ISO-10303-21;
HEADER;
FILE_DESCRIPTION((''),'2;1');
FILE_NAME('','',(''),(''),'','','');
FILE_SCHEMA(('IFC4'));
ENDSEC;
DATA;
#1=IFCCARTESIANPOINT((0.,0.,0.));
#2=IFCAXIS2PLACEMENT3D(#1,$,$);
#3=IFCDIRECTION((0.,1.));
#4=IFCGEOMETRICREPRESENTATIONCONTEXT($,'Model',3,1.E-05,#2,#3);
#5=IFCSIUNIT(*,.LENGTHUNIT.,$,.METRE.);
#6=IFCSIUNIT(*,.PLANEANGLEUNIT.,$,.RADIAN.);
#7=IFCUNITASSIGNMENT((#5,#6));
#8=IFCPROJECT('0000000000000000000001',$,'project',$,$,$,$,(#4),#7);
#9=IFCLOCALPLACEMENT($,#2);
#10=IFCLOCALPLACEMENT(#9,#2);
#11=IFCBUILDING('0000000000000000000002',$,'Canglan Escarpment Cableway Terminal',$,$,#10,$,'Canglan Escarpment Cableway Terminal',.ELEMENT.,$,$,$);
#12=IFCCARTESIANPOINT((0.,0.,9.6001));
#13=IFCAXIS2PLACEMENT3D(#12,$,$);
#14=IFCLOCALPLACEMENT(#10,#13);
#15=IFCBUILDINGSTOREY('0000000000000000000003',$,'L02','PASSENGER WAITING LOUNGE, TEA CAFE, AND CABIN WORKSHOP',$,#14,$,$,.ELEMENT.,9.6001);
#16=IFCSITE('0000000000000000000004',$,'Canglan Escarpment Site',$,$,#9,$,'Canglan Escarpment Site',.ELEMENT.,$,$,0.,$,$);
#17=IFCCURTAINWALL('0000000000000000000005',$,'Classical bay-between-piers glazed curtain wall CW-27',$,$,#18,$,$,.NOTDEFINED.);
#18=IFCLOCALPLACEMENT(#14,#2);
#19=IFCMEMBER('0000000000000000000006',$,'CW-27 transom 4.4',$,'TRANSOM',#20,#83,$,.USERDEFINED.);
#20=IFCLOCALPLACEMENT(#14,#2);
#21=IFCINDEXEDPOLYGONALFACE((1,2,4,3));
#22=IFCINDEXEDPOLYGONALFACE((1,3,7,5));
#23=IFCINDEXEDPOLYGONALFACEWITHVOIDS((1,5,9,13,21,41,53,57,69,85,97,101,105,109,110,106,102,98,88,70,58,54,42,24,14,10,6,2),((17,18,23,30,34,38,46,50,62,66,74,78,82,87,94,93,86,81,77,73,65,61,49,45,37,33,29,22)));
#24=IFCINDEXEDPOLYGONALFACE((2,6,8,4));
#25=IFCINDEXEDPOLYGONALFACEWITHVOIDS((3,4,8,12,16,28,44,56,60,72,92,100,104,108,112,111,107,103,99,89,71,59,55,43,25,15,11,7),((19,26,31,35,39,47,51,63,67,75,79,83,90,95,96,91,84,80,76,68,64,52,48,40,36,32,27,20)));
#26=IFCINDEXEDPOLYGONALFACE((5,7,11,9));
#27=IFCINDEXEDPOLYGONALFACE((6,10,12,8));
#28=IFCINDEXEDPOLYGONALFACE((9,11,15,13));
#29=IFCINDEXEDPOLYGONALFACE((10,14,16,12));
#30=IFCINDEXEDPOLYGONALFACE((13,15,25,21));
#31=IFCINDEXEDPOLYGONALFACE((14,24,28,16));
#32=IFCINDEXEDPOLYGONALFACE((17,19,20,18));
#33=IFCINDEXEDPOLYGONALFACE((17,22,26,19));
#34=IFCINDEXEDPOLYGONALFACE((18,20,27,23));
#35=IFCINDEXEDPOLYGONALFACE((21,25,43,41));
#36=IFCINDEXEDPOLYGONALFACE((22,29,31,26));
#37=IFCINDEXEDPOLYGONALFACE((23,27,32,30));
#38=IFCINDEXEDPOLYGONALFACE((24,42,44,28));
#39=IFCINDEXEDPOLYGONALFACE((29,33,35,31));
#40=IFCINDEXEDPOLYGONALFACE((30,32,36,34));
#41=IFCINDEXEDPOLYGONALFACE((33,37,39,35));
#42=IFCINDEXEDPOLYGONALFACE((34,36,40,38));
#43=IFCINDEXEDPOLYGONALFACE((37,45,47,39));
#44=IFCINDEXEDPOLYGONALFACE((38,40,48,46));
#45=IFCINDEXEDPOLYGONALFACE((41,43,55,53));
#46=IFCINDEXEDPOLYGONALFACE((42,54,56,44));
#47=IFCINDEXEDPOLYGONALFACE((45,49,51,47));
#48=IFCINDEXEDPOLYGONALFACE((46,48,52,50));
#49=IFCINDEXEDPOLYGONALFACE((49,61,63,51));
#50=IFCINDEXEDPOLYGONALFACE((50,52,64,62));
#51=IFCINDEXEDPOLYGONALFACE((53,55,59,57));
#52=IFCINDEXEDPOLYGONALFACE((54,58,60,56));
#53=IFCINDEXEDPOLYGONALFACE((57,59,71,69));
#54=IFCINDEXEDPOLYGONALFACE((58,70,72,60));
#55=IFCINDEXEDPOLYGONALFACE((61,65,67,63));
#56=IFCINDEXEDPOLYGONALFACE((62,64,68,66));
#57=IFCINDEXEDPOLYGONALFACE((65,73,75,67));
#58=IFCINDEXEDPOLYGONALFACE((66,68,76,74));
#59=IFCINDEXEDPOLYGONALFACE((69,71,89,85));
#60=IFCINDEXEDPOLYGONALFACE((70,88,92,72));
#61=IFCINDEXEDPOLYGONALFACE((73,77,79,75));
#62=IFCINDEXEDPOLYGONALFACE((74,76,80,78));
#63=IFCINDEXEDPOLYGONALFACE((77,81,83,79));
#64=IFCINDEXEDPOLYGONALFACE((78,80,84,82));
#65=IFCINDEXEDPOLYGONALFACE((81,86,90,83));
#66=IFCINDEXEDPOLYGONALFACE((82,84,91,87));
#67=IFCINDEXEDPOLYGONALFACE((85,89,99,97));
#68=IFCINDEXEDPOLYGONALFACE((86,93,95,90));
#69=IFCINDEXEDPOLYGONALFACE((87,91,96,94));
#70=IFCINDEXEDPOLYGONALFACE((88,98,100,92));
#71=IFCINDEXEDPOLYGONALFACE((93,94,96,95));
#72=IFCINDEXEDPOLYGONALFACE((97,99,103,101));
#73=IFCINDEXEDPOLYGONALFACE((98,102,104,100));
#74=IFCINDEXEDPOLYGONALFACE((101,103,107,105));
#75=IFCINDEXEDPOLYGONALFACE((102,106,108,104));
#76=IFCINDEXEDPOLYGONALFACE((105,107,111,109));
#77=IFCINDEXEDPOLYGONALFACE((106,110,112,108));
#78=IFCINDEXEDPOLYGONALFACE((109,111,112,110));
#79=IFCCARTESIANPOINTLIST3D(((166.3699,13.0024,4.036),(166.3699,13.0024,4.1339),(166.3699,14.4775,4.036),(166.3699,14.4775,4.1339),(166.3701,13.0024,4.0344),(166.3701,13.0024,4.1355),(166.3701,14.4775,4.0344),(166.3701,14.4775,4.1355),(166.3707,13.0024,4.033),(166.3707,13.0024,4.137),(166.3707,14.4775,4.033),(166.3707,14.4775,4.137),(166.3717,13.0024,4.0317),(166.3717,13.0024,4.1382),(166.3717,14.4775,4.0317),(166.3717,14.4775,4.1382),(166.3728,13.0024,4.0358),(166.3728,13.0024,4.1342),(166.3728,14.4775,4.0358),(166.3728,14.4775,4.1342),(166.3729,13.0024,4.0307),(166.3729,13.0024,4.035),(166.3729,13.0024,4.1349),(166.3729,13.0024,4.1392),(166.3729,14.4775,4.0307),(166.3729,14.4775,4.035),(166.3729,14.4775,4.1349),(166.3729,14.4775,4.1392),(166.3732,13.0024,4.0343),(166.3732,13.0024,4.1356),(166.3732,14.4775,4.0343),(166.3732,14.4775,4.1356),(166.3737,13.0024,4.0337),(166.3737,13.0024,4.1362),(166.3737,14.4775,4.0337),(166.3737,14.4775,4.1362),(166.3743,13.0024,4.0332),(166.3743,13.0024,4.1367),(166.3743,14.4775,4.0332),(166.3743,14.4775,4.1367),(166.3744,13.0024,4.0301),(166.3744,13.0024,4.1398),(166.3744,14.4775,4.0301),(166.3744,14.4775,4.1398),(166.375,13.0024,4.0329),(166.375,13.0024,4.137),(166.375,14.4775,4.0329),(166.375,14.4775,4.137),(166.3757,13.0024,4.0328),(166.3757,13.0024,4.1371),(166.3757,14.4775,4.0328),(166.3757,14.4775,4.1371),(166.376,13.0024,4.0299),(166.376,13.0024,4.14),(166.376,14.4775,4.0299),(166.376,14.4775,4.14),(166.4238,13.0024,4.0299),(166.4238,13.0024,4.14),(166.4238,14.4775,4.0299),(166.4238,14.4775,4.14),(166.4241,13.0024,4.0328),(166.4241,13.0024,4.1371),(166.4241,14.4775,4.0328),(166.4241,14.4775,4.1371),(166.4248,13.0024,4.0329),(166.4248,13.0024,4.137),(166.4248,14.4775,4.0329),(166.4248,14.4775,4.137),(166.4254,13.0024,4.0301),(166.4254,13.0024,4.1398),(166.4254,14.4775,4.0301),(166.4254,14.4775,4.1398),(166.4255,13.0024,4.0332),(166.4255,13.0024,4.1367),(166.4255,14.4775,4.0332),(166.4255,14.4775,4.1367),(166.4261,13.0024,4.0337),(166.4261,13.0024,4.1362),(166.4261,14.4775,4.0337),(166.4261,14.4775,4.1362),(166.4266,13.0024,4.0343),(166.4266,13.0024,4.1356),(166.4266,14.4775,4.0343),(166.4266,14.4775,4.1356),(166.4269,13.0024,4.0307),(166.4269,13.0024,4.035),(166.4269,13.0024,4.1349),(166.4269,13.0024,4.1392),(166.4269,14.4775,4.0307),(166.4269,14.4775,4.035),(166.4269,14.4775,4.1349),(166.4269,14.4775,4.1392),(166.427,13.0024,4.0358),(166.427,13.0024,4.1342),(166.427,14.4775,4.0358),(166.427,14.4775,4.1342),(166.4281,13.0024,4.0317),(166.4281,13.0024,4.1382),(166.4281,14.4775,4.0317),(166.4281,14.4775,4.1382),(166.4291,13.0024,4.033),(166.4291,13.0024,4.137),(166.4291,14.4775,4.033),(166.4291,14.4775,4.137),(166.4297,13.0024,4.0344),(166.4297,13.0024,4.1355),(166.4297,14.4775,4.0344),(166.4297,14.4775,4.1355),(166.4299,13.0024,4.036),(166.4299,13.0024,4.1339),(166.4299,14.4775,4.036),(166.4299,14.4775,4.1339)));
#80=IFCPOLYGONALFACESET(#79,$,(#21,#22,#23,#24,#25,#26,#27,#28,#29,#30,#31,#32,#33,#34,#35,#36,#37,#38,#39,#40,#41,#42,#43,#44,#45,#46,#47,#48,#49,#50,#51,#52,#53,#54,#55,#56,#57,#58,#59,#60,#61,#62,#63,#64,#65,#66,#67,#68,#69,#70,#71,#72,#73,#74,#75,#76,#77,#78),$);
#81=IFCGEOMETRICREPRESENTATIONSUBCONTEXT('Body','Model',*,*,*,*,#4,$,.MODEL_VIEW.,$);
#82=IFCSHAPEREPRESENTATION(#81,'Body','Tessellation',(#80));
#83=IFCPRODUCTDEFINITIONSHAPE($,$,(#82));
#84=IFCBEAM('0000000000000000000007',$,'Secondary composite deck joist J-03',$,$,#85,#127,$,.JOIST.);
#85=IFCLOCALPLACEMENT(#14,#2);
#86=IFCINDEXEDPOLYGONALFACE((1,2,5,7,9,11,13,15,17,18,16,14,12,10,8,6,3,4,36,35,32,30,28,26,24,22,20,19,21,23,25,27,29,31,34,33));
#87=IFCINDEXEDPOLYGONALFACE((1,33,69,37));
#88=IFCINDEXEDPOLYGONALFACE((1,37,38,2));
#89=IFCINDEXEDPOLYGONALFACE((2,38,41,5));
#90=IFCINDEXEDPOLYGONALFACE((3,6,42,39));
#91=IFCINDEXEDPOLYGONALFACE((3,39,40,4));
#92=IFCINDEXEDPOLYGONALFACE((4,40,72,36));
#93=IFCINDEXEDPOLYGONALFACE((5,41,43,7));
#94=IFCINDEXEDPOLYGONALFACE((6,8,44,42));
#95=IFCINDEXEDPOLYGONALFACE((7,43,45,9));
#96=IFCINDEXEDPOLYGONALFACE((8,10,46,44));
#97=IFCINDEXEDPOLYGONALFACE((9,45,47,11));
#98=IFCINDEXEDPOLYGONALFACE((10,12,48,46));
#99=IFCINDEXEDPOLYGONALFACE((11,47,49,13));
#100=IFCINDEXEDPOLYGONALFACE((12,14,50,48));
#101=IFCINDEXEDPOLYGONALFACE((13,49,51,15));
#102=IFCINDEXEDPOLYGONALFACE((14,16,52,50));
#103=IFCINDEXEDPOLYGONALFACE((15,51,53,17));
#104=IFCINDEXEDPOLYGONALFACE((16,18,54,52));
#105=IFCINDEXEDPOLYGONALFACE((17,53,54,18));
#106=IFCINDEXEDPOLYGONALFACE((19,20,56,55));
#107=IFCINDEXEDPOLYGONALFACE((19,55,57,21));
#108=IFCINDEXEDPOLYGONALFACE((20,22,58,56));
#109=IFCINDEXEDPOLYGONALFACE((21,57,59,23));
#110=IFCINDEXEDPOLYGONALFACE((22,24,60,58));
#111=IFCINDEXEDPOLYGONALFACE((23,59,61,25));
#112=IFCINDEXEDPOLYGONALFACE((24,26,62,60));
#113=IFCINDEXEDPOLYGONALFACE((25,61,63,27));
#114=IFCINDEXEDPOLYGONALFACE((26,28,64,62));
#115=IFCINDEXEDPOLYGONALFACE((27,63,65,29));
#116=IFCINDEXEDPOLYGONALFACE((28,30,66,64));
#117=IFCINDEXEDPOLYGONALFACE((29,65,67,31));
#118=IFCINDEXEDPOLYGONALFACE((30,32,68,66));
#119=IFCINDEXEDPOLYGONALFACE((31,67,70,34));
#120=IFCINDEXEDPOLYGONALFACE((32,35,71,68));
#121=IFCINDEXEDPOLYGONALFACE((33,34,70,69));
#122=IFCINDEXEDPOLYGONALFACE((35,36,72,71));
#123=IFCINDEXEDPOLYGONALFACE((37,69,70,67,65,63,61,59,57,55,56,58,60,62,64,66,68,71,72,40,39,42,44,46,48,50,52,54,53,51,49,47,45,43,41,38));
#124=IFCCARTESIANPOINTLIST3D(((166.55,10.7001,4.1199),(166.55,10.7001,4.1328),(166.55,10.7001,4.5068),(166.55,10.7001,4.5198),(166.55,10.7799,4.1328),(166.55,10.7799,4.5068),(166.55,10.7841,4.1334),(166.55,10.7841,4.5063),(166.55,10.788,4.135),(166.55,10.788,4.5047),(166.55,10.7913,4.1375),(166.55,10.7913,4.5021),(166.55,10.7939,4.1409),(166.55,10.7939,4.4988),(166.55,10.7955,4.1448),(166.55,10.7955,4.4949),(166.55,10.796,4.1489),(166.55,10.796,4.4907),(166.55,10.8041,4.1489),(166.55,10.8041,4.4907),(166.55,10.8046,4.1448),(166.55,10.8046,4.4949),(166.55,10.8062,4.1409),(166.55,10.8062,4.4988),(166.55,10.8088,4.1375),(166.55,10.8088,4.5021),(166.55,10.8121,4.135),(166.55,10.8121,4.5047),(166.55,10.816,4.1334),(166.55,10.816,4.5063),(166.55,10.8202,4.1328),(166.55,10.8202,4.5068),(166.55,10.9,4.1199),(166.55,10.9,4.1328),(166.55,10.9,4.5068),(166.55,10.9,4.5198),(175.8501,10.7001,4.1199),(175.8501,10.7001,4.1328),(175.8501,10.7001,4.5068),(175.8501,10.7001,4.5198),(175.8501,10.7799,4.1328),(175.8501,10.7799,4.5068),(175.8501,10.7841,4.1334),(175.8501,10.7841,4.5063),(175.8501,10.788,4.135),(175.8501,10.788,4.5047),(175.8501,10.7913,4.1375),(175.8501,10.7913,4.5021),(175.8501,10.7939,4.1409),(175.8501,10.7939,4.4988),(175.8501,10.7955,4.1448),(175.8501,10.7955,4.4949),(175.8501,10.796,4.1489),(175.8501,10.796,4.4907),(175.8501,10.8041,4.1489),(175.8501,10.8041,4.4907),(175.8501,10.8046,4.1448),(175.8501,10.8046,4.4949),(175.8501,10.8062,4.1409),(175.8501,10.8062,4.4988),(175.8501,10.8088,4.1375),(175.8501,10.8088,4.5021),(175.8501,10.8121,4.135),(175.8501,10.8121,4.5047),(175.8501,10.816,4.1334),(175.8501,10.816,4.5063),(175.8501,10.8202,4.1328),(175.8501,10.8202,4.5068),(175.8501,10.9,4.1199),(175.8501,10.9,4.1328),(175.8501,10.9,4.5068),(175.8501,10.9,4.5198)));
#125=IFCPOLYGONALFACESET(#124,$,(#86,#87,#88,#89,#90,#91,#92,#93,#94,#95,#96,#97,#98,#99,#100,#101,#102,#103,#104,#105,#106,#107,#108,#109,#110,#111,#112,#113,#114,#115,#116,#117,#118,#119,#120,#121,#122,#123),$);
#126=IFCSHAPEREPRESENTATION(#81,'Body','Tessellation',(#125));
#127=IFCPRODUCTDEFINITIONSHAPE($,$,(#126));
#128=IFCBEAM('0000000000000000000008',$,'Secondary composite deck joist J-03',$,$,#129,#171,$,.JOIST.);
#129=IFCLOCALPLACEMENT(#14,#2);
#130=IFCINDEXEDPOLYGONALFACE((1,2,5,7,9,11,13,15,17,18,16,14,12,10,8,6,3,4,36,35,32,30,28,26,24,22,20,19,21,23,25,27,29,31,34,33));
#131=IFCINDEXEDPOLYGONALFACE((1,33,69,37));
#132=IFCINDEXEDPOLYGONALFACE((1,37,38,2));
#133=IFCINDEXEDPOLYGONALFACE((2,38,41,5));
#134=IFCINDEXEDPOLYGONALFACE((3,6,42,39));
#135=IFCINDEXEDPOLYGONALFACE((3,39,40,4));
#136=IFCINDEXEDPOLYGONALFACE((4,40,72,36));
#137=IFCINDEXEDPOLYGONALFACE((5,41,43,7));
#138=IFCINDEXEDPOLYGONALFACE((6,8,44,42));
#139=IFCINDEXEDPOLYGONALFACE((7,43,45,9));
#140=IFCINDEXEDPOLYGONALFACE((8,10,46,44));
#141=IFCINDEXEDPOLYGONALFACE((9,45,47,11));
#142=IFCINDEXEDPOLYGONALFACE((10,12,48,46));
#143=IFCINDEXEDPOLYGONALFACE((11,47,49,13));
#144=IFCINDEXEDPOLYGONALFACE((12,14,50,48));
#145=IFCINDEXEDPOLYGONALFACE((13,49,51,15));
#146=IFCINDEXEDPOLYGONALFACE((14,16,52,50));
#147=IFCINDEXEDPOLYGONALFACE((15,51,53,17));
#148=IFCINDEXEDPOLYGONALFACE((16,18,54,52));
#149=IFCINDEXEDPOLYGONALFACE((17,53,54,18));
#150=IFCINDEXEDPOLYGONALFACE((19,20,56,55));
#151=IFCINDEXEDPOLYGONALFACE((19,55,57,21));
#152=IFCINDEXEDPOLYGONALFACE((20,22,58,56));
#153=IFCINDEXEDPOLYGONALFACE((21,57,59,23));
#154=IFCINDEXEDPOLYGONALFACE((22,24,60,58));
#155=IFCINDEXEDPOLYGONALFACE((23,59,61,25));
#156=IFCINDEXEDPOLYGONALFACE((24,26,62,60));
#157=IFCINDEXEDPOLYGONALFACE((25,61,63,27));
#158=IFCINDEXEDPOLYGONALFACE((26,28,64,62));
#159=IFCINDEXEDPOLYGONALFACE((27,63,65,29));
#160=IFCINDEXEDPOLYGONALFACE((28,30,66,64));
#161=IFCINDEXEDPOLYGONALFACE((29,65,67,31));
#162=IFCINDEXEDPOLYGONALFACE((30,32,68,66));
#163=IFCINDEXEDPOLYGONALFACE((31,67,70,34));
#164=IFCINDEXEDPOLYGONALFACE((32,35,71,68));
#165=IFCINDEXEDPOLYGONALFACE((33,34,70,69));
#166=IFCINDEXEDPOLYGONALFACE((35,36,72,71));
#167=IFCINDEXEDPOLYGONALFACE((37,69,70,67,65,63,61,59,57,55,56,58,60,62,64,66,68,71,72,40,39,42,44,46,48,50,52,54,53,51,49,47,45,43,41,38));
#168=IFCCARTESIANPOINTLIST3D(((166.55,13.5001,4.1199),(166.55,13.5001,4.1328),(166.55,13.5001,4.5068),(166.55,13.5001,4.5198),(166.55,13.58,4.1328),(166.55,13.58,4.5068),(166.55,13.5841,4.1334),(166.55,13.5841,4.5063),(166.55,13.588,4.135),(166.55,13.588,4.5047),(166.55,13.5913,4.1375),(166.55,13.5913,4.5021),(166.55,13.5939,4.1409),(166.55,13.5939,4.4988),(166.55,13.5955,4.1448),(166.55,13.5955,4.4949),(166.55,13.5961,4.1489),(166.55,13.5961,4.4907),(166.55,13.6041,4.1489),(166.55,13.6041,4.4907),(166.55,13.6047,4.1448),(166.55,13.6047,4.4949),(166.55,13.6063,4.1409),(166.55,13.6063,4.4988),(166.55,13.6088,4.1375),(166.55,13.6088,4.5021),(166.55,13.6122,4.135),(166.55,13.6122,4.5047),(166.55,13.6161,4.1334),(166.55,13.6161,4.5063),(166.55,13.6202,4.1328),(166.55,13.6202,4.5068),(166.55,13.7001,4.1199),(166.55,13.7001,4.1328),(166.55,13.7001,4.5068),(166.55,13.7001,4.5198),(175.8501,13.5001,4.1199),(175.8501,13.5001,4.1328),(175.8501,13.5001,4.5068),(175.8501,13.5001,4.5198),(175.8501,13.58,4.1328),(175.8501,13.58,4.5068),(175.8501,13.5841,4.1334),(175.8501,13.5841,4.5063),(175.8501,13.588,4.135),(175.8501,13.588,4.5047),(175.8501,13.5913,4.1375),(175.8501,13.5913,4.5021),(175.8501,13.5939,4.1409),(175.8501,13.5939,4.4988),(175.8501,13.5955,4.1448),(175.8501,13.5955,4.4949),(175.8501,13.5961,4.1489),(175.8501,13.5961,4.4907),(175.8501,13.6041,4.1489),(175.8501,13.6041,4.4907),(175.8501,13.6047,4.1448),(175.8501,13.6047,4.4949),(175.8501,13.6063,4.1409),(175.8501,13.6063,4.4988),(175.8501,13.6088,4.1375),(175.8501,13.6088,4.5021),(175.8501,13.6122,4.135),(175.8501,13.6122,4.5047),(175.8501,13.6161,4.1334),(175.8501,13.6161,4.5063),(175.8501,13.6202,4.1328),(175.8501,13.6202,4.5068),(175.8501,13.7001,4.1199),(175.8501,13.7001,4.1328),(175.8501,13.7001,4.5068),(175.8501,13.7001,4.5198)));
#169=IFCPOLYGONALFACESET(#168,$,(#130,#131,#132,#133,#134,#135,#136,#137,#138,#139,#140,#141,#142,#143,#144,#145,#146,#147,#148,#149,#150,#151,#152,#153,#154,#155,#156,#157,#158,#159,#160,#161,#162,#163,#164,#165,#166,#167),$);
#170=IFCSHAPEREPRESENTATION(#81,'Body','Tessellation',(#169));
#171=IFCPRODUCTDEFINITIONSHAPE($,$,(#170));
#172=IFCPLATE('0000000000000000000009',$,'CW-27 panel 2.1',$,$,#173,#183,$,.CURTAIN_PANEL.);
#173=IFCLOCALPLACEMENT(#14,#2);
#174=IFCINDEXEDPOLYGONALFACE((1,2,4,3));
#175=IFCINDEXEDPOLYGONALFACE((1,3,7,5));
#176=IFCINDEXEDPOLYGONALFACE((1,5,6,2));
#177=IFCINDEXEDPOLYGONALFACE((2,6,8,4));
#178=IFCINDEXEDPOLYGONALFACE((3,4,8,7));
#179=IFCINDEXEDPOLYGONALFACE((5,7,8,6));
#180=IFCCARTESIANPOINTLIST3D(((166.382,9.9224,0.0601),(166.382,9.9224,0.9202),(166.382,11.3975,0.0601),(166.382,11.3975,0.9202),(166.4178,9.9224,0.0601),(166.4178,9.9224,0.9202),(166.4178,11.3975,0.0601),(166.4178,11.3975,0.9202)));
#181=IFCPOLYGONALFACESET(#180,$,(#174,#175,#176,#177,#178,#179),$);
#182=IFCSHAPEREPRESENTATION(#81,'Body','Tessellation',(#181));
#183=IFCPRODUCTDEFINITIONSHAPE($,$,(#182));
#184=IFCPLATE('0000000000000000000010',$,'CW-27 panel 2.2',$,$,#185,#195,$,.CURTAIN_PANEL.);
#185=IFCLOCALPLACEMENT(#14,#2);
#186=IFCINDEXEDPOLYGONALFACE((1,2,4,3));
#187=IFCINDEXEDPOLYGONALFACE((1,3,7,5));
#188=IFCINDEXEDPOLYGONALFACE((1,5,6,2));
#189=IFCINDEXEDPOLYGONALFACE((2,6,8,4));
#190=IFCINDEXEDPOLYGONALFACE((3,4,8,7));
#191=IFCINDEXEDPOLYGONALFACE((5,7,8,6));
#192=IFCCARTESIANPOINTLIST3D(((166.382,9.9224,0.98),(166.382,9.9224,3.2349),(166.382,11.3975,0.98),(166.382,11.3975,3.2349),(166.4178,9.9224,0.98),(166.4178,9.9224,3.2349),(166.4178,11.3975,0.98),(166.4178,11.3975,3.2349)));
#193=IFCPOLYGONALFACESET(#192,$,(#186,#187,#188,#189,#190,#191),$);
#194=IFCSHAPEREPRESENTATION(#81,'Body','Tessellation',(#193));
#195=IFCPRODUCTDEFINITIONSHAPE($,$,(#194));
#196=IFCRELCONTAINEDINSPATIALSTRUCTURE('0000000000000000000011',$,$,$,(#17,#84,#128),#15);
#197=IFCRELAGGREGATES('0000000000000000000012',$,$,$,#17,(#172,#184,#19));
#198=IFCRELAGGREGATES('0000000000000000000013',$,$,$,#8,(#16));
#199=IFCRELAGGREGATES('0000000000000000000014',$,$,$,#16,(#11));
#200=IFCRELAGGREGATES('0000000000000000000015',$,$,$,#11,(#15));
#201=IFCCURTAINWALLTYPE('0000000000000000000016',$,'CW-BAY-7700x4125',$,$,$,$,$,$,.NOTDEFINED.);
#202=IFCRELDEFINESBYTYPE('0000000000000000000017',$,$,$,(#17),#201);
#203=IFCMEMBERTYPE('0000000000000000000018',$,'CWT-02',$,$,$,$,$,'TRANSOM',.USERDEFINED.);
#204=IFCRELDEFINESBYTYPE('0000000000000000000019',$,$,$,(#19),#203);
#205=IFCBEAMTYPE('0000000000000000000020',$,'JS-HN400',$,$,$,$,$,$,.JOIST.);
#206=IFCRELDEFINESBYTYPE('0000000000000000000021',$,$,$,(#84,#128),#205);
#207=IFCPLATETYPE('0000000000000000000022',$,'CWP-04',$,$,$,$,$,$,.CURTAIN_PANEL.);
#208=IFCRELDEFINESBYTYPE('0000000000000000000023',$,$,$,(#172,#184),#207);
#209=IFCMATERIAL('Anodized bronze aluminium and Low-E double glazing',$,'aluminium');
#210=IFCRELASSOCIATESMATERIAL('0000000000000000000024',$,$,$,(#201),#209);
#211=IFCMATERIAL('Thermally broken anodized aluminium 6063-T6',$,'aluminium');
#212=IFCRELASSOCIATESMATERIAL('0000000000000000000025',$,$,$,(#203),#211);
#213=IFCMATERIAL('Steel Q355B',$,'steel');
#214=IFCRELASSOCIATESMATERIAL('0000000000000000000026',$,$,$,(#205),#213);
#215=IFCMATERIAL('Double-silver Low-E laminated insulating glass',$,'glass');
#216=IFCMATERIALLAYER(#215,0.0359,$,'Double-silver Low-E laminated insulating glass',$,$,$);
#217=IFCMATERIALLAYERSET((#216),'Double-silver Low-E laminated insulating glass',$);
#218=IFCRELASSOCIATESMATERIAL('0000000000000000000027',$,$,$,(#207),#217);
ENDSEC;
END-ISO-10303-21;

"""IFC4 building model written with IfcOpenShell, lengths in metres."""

from ifc_helpers import new_model, si_unit, direction, frame, origin, origin_2d, place, context, subcontext, project, spatial, rectangle, hollow_rectangle, i_section, extrude, material, layer, layer_set, material_profile, profile_set, type_object, element, aggregate, save


model = new_model("IFC4")

# Units and contexts
model_context = context("Model", 3, precision=1e-05, world=origin(), true_north=direction((0.0, 1.0)))
body_context = subcontext(model_context, "Body", "Model", "MODEL_VIEW")
ifc_project = project(units=[si_unit("LENGTHUNIT", "METRE"), si_unit("PLANEANGLEUNIT", "RADIAN")], contexts=[model_context])

# Site, building, storey
site_placement = place(None, origin())
site = spatial("IfcSite", under=ifc_project, at=site_placement, Name="Canglan Escarpment Site", LongName="Canglan Escarpment Site", CompositionType="ELEMENT", RefElevation=0.0)
building_placement = place(site_placement, origin())
building = spatial("IfcBuilding", under=site, at=building_placement, Name="Canglan Escarpment Cableway Terminal", LongName="Canglan Escarpment Cableway Terminal", CompositionType="ELEMENT")
storey_placement = place(building_placement, frame((0.0, 0.0, 9.6001)))
storey = spatial("IfcBuildingStorey", under=building, at=storey_placement, Name="L02", Description="PASSENGER WAITING LOUNGE, TEA CAFE, AND CABIN WORKSHOP", CompositionType="ELEMENT", Elevation=9.6001)

# Shared definitions
ifc_material_1 = material(Name="Steel Q355B", Category="steel")

# Curtain wall, member
ifc_material_2 = material(Name="Anodized bronze aluminium and Low-E double glazing", Category="aluminium")
curtain_wall_type = type_object("IfcCurtainWallType", Name="CW-BAY-7700x4125", PredefinedType="NOTDEFINED", material=ifc_material_2)
curtain_wall_placement = place(storey_placement, origin())
curtain_wall = element("IfcCurtainWall", 1, at=curtain_wall_placement, inside=storey, type_object=curtain_wall_type, Name="Classical bay-between-piers glazed curtain wall CW-27", PredefinedType="NOTDEFINED")
ifc_material_3 = material(Name="Thermally broken anodized aluminium 6063-T6", Category="aluminium")
ifc_material_profile_1 = material_profile(ifc_material_3, hollow_rectangle(XDim=0.0601, YDim=0.1101, WallThickness=0.0029, InnerFilletRadius=0.0029, OuterFilletRadius=0.0061, at=origin_2d()), Name="ALU-TRAN 60x110x3")
ifc_profile_set_1 = profile_set([ifc_material_profile_1], Name="Thermally broken anodized aluminium 6063-T6")
member_type_1 = type_object("IfcMemberType", Name="CWT-02", ElementType="TRANSOM", PredefinedType="USERDEFINED", material=ifc_profile_set_1)
member_1_placement = place(storey_placement, frame((166.3999, 13.0024, 4.085), z_axis=(0.0, 1.0, 0.0), x_axis=(-1.0, 0.0, 0.0)))
member_1 = element("IfcMember", 2, at=member_1_placement, type_object=member_type_1, Name="CW-27 transom 4.4", ObjectType="TRANSOM", PredefinedType="USERDEFINED", context=body_context, shape_type="SweptSolid", body=[
    extrude(hollow_rectangle(XDim=0.0601, YDim=0.1101, WallThickness=0.0029, InnerFilletRadius=0.0029, OuterFilletRadius=0.0061, at=origin_2d()), origin(), (0.0, 0.0, 1.0), 1.4751),
])

# Beams
ifc_material_profile_2 = material_profile(ifc_material_1, i_section(OverallWidth=0.2, OverallDepth=0.3999, WebThickness=0.0081, FlangeThickness=0.0129, FilletRadius=0.0161, at=origin_2d()), Name="HN 400x200x8x13")
ifc_profile_set_2 = profile_set([ifc_material_profile_2], Name="Steel Q355B")
beam_type_1 = type_object("IfcBeamType", Name="JS-HN400", PredefinedType="JOIST", material=ifc_profile_set_2)
for number, where, z_axis, x_axis, name in (
    (3, (166.55, 10.8, 4.3198), (1.0, 0.0, 0.0), (0.0, 1.0, 0.0), "Secondary composite deck joist J-03"),
    (4, (166.55, 13.6001, 4.3198), (1.0, 0.0, 0.0), (0.0, 1.0, 0.0), "Secondary composite deck joist J-03"),
):
    element("IfcBeam", number, at=place(storey_placement, frame(where, z_axis=z_axis, x_axis=x_axis)), inside=storey, type_object=beam_type_1, Name=name, PredefinedType="JOIST", context=body_context, shape_type="SweptSolid", body=[
        extrude(i_section(OverallWidth=0.2, OverallDepth=0.3999, WebThickness=0.0081, FlangeThickness=0.0129, FilletRadius=0.0161, at=origin_2d()), origin(), (0.0, 0.0, 1.0), 9.3),
    ])

# Plates
ifc_material_4 = material(Name="Double-silver Low-E laminated insulating glass", Category="glass")
ifc_layer = layer(ifc_material_4, 0.0359, Name="Double-silver Low-E laminated insulating glass")
ifc_layer_set = layer_set([ifc_layer], Name="Double-silver Low-E laminated insulating glass")
plate_type = type_object("IfcPlateType", Name="CWP-04", PredefinedType="CURTAIN_PANEL", material=ifc_layer_set)
plate_1_placement = place(storey_placement, frame((166.3999, 10.6599, 0.0601), z_axis=(0.0, 0.0, 1.0), x_axis=(0.0, 1.0, 0.0)))
plate_1 = element("IfcPlate", 5, at=plate_1_placement, type_object=plate_type, Name="CW-27 panel 2.1", PredefinedType="CURTAIN_PANEL", context=body_context, shape_type="SweptSolid", body=[
    extrude(rectangle(XDim=1.4751, YDim=0.0359, at=origin_2d()), origin(), (0.0, 0.0, 1.0), 0.8601),
])
plate_2_placement = place(storey_placement, frame((166.3999, 10.6599, 0.98), z_axis=(0.0, 0.0, 1.0), x_axis=(0.0, 1.0, 0.0)))
plate_2 = element("IfcPlate", 6, at=plate_2_placement, type_object=plate_type, Name="CW-27 panel 2.2", PredefinedType="CURTAIN_PANEL", context=body_context, shape_type="SweptSolid", body=[
    extrude(rectangle(XDim=1.4751, YDim=0.0359, at=origin_2d()), origin(), (0.0, 0.0, 1.0), 2.2549),
])
aggregate(curtain_wall, [plate_1, plate_2, member_1])

save(model, "model.ifc")
